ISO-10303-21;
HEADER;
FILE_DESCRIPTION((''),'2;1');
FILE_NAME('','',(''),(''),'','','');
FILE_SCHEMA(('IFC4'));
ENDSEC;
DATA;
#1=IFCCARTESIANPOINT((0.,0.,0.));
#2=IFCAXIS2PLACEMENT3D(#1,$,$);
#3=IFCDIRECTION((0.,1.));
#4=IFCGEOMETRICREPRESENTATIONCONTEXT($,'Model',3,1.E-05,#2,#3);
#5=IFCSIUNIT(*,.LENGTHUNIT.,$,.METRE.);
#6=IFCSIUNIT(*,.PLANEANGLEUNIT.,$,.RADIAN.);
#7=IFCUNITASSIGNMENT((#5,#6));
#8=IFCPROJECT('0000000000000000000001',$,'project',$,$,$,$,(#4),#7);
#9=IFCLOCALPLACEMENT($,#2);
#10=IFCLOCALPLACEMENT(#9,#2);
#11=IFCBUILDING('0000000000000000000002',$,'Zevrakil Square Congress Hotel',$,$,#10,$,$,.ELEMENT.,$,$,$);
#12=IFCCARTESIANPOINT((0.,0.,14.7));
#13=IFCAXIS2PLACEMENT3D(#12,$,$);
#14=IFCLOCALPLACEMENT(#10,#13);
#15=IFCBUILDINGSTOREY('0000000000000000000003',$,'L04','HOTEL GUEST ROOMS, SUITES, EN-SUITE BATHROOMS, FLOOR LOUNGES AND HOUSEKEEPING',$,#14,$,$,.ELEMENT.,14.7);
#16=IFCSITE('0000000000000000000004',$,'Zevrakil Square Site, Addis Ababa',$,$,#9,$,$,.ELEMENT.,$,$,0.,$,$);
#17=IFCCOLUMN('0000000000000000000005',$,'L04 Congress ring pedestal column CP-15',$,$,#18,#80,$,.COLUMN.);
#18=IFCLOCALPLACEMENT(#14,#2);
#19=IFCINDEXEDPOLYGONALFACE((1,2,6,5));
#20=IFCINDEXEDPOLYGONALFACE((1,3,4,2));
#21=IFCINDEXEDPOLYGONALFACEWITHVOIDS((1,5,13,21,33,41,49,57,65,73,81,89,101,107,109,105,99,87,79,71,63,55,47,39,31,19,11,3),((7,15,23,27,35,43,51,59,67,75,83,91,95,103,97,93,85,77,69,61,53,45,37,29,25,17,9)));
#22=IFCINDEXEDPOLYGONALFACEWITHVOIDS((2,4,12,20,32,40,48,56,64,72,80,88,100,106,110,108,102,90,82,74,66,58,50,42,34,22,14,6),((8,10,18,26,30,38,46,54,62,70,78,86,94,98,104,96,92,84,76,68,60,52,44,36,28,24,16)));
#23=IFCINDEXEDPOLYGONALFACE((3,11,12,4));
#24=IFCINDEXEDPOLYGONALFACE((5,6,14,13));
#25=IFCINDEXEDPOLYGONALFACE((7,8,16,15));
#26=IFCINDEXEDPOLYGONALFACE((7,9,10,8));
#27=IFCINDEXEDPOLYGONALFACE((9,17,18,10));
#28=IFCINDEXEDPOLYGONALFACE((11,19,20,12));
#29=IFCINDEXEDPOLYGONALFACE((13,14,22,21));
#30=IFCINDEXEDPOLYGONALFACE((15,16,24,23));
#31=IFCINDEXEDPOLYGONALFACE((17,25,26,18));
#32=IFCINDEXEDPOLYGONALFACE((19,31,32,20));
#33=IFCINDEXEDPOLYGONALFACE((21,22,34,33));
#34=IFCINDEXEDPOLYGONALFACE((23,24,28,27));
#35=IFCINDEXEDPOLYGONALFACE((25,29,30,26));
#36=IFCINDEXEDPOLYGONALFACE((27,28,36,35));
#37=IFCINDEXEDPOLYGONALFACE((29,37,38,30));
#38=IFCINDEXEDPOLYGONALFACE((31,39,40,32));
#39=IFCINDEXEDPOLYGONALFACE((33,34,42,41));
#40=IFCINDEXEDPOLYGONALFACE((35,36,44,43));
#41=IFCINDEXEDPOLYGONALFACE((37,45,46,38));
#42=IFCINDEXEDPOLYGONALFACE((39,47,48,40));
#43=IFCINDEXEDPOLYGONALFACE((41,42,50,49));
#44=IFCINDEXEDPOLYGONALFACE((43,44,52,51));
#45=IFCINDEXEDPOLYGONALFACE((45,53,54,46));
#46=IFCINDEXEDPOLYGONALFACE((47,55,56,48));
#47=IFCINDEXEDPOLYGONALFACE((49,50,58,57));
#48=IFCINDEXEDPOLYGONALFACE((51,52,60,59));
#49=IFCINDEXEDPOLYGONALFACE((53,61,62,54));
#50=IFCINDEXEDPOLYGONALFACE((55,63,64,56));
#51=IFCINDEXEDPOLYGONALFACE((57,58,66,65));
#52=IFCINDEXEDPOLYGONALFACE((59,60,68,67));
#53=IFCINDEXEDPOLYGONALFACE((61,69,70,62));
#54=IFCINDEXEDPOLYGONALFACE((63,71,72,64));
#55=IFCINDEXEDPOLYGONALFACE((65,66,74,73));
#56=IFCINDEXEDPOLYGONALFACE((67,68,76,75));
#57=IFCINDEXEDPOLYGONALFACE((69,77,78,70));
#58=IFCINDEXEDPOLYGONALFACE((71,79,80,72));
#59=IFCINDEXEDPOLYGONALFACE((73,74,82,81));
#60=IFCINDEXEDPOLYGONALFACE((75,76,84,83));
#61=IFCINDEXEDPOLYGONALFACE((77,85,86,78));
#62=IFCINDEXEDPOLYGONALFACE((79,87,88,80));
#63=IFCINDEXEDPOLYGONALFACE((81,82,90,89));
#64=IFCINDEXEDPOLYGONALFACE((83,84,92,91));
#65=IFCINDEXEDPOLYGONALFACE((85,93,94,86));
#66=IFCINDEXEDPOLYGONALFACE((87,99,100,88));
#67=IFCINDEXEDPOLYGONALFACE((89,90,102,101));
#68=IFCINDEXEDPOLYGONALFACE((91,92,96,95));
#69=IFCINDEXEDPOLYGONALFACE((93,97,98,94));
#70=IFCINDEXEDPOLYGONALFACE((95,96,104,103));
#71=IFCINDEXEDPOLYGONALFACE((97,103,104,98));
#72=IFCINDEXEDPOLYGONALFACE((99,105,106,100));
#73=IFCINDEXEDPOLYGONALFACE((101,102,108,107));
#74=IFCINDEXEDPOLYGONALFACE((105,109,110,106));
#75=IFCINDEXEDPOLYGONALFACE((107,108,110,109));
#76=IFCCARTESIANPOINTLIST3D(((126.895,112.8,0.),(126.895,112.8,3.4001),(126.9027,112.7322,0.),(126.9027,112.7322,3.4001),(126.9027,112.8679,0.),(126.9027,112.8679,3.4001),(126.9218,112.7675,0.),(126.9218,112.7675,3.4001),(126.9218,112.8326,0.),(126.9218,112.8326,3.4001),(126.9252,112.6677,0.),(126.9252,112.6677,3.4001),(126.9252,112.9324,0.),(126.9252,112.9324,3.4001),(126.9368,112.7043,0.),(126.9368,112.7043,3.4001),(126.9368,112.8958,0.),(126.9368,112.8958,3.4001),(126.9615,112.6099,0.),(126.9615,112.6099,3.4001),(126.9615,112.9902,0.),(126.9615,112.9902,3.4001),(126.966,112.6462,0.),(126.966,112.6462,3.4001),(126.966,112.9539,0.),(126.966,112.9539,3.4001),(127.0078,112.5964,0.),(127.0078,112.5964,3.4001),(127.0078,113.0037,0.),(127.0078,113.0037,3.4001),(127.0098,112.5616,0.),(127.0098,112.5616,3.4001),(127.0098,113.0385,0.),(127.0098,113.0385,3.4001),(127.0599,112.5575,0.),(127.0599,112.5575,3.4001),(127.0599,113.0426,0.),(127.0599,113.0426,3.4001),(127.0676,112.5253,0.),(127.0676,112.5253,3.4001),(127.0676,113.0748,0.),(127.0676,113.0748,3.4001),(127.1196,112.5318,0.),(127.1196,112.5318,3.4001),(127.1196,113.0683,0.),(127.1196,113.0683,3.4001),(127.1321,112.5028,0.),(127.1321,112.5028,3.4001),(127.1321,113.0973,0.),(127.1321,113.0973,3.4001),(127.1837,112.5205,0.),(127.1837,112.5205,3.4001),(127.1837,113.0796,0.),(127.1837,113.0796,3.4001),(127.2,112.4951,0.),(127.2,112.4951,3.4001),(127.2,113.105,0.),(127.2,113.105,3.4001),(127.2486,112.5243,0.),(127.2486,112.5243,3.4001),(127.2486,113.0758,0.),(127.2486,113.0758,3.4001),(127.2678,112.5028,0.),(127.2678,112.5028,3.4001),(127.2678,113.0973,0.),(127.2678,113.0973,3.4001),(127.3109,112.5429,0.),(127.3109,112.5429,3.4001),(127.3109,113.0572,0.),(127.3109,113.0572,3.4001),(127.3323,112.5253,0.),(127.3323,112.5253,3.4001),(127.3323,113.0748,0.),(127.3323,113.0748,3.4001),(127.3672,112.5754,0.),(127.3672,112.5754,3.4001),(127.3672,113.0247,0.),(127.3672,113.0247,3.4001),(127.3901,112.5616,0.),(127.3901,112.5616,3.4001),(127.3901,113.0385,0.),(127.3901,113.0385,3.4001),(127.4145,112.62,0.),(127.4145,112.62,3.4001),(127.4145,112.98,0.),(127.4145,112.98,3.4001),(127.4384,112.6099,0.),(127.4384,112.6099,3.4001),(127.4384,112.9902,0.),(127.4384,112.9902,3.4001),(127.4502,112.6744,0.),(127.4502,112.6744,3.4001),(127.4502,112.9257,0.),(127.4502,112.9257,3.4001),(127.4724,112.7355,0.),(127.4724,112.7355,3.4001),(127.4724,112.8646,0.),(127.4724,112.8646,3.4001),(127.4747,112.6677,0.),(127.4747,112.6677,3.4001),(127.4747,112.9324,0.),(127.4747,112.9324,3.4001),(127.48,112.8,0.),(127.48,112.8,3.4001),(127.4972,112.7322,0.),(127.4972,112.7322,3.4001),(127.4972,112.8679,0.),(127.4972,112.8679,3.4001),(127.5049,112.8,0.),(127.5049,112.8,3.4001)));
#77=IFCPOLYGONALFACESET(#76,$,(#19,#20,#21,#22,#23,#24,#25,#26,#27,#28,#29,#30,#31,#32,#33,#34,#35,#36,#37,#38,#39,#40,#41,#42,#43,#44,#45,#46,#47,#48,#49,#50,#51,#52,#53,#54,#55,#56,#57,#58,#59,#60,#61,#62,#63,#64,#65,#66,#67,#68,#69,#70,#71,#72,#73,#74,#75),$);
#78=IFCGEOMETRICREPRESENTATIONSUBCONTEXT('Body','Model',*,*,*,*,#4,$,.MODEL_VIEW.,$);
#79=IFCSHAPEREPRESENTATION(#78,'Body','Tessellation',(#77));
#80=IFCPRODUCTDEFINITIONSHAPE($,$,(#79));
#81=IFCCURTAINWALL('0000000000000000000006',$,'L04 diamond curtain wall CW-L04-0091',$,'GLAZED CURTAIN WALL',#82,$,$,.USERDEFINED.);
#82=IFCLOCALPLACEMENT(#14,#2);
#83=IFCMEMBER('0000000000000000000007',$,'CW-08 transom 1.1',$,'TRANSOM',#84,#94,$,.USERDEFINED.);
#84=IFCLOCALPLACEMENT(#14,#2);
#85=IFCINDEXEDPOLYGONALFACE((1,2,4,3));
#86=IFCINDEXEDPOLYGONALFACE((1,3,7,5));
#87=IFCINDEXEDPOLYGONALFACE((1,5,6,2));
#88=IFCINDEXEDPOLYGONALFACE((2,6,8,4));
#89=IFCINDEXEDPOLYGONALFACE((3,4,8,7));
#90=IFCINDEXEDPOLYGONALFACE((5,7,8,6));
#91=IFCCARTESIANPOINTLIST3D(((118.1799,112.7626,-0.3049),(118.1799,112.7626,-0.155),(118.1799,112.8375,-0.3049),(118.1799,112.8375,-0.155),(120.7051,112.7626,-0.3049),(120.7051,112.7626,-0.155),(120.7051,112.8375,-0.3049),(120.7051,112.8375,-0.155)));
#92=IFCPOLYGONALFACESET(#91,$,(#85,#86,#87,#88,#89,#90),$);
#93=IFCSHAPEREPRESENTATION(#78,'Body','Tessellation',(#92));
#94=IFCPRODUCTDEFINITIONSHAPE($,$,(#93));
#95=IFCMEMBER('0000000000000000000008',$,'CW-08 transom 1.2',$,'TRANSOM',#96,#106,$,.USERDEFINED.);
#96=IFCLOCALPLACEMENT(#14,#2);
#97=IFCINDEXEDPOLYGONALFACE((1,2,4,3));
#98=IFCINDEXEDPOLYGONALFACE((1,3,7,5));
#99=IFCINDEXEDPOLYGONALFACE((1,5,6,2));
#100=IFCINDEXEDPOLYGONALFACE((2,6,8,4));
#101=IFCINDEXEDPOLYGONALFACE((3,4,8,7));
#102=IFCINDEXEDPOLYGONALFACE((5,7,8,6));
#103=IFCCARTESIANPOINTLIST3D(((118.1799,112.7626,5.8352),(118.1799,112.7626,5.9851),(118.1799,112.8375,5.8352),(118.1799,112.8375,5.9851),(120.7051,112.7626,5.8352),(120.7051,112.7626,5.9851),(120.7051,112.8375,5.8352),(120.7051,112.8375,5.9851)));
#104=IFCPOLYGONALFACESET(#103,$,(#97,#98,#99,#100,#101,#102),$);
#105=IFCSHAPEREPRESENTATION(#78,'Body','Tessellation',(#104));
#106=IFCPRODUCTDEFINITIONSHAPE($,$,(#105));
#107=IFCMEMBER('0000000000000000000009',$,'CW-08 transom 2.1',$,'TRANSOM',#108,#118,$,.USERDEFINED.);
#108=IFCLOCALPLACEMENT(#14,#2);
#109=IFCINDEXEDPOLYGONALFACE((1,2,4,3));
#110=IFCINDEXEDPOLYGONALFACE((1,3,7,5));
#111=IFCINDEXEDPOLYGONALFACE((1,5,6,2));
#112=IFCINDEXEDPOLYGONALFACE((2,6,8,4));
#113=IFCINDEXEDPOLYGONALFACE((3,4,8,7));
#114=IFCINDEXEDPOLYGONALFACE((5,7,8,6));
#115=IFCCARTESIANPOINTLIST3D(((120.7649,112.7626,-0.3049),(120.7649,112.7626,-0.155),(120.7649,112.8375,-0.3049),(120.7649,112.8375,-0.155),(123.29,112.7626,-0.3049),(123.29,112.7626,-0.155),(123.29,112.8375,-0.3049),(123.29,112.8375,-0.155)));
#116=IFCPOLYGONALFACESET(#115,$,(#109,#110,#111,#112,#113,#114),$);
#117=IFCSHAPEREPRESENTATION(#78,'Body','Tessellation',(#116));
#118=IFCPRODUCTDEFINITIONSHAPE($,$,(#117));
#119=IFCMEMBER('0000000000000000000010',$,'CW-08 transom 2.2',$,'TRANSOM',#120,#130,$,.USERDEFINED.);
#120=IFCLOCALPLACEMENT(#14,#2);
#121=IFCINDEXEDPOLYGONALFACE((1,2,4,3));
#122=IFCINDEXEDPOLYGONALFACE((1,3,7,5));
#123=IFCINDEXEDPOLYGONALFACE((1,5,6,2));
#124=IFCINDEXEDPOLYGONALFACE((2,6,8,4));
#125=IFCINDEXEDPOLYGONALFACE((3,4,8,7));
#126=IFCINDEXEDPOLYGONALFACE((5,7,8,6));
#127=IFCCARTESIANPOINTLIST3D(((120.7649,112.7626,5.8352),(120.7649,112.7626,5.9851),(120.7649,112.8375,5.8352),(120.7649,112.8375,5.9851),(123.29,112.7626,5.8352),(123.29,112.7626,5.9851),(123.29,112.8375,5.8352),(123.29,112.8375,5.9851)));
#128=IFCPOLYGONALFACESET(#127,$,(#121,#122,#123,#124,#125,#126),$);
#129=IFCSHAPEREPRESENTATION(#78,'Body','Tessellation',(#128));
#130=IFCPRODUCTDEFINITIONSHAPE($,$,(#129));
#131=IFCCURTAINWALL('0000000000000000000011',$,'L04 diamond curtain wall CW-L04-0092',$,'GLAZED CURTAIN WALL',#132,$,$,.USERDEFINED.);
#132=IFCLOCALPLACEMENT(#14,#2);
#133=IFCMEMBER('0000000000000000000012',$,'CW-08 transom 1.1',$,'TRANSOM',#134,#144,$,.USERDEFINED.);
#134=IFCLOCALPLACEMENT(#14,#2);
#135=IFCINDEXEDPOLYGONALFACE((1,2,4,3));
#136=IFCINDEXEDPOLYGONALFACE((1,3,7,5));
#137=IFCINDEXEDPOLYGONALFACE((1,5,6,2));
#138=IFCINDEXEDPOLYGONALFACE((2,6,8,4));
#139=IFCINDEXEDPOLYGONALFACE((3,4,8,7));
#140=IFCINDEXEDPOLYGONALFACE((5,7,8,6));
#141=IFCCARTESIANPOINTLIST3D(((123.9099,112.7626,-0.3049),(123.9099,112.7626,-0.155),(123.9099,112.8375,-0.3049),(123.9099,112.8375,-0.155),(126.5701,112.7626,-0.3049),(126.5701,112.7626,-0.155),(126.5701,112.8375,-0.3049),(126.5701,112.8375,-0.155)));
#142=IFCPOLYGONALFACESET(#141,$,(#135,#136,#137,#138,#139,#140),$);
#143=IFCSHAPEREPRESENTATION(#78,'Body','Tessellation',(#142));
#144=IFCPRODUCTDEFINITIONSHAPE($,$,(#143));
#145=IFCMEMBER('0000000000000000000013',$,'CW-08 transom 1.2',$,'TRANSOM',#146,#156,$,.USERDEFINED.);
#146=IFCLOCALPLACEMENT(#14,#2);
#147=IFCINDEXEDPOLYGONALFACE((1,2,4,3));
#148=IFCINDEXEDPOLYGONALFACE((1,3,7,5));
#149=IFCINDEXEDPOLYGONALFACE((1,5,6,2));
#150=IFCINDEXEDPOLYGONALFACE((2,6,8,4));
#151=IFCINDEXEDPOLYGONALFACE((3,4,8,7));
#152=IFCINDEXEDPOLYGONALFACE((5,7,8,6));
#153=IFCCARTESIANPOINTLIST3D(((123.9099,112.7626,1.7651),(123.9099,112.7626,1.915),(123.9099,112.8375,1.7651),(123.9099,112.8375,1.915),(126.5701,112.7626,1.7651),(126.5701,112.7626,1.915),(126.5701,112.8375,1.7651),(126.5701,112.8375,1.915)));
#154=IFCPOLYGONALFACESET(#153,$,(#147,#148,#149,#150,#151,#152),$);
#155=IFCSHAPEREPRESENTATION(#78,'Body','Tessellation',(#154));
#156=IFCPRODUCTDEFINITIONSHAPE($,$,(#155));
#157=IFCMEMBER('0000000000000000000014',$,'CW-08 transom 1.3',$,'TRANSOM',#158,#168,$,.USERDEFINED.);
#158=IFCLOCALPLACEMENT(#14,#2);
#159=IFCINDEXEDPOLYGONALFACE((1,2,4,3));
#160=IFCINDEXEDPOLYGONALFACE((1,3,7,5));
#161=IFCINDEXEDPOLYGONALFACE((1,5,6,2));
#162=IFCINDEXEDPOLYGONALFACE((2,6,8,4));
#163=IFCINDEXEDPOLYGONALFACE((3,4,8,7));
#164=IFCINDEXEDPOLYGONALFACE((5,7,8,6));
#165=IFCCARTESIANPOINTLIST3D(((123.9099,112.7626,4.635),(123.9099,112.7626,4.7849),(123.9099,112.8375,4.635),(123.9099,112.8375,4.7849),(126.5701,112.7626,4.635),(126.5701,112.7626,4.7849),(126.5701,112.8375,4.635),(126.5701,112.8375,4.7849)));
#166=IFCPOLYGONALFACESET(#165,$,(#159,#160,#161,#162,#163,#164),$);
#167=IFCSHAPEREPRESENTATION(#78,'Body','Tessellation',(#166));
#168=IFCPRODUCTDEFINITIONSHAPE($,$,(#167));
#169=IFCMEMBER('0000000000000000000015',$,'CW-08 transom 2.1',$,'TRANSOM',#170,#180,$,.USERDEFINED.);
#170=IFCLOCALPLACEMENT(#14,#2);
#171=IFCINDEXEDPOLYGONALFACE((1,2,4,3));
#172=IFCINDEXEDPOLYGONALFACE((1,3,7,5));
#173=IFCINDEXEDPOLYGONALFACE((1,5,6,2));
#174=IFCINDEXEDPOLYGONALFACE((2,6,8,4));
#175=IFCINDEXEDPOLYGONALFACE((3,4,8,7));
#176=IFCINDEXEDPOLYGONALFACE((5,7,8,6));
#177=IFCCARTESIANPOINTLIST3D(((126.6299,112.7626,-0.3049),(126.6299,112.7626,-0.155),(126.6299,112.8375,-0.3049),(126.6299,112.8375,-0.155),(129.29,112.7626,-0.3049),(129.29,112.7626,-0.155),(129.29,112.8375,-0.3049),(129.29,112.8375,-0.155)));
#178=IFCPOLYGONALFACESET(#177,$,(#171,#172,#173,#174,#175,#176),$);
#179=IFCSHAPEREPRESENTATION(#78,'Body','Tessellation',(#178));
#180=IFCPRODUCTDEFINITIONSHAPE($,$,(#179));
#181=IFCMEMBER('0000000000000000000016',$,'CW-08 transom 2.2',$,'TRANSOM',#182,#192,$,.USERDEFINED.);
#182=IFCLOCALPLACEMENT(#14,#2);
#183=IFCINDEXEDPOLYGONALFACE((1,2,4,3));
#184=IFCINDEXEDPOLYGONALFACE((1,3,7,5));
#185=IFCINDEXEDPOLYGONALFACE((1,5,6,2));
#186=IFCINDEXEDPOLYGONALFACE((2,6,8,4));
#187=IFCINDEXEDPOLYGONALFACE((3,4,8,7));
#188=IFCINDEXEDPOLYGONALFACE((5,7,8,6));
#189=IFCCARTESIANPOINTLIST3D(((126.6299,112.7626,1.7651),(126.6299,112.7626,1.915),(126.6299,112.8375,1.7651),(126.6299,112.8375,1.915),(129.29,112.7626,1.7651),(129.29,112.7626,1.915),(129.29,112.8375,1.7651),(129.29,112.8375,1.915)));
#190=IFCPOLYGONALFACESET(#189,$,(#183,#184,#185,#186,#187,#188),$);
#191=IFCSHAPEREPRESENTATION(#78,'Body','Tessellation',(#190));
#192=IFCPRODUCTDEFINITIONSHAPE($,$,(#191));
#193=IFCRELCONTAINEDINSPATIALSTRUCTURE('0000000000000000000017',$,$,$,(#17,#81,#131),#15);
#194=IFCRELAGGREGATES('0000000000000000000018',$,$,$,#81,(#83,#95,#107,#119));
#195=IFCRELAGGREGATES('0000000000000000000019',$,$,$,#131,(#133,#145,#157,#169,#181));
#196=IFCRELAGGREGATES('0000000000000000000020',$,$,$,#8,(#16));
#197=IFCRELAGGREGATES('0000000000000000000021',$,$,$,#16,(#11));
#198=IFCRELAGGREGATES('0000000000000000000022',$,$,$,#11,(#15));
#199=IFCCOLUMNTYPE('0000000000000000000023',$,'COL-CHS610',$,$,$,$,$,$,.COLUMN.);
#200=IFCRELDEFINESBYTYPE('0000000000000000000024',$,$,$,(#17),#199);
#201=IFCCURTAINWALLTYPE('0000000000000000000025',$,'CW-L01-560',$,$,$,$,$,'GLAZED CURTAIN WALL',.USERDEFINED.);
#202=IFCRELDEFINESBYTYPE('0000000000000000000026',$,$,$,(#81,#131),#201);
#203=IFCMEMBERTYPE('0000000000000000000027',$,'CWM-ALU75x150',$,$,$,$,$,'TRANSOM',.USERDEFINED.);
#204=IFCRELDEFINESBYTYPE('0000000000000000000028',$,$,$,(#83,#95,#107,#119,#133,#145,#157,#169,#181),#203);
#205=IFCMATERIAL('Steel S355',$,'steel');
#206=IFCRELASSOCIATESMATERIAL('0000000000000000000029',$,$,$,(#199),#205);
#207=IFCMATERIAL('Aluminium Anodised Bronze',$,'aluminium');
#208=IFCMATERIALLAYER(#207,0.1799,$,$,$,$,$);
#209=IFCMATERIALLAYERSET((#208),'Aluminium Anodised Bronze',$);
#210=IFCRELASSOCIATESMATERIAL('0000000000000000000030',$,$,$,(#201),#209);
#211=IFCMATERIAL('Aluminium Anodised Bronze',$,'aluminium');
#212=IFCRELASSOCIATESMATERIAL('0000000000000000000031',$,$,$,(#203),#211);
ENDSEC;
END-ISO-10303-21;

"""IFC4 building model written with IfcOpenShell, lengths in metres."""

from ifc_helpers import new_model, si_unit, direction, frame, origin, origin_2d, place, context, subcontext, project, spatial, rectangle, hollow_circle, extrude, material, layer, layer_set, material_profile, profile_set, type_object, element, aggregate, save


model = new_model("IFC4")

# Units and contexts
model_context = context("Model", 3, precision=1e-05, world=origin(), true_north=direction((0.0, 1.0)))
body_context = subcontext(model_context, "Body", "Model", "MODEL_VIEW")
ifc_project = project(units=[si_unit("LENGTHUNIT", "METRE"), si_unit("PLANEANGLEUNIT", "RADIAN")], contexts=[model_context])

# Site, building, storey
site_placement = place(None, origin())
site = spatial("IfcSite", under=ifc_project, at=site_placement, Name="Zevrakil Square Site, Addis Ababa", CompositionType="ELEMENT", RefElevation=0.0)
building_placement = place(site_placement, origin())
building = spatial("IfcBuilding", under=site, at=building_placement, Name="Zevrakil Square Congress Hotel", CompositionType="ELEMENT")
storey_placement = place(building_placement, frame((0.0, 0.0, 14.7)))
storey = spatial("IfcBuildingStorey", under=building, at=storey_placement, Name="L04", Description="HOTEL GUEST ROOMS, SUITES, EN-SUITE BATHROOMS, FLOOR LOUNGES AND HOUSEKEEPING", CompositionType="ELEMENT", Elevation=14.7)

# Column
ifc_material_1 = material(Name="Steel S355", Category="steel")
ifc_material_profile_1 = material_profile(ifc_material_1, hollow_circle(Radius=0.3049, WallThickness=0.0249, at=origin_2d()), Name="CHS 610x25")
ifc_profile_set_1 = profile_set([ifc_material_profile_1], Name="Steel S355")
column_type = type_object("IfcColumnType", Name="COL-CHS610", PredefinedType="COLUMN", material=ifc_profile_set_1)
column_placement = place(storey_placement, frame((127.2, 112.8, 0.0), z_axis=(0.0, 0.0, 1.0), x_axis=(1.0, 0.0, 0.0)))
element("IfcColumn", 1, at=column_placement, inside=storey, type_object=column_type, Name="L04 Congress ring pedestal column CP-15", PredefinedType="COLUMN", context=body_context, shape_type="SweptSolid", body=[
    extrude(hollow_circle(Radius=0.3049, WallThickness=0.0249, at=origin_2d()), origin(), (0.0, 0.0, 1.0), 3.4001),
])

# Curtain walls, members
ifc_material_2 = material(Name="Aluminium Anodised Bronze", Category="aluminium")
ifc_layer_1 = layer(ifc_material_2, 0.1799)
ifc_layer_set_1 = layer_set([ifc_layer_1], Name="Aluminium Anodised Bronze")
curtain_wall_type = type_object("IfcCurtainWallType", Name="CW-L01-560", ElementType="GLAZED CURTAIN WALL", PredefinedType="USERDEFINED", material=ifc_layer_set_1)
curtain_wall_1_placement = place(storey_placement, origin())
curtain_wall_1 = element("IfcCurtainWall", 2, at=curtain_wall_1_placement, inside=storey, type_object=curtain_wall_type, Name="L04 diamond curtain wall CW-L04-0091", ObjectType="GLAZED CURTAIN WALL", PredefinedType="USERDEFINED")
ifc_material_3 = material(Name="Aluminium Anodised Bronze", Category="aluminium")
ifc_material_profile_2 = material_profile(ifc_material_3, rectangle(XDim=0.075, YDim=0.1499, at=origin_2d()), Name="ALU 75x150")
ifc_profile_set_2 = profile_set([ifc_material_profile_2], Name="Aluminium Anodised Bronze")
member_type_1 = type_object("IfcMemberType", Name="CWM-ALU75x150", ElementType="TRANSOM", PredefinedType="USERDEFINED", material=ifc_profile_set_2)
member_1_placement = place(storey_placement, frame((118.1799, 112.8, -0.23), z_axis=(1.0, 0.0, 0.0), x_axis=(0.0, 1.0, 0.0)))
member_1 = element("IfcMember", 3, at=member_1_placement, type_object=member_type_1, Name="CW-08 transom 1.1", ObjectType="TRANSOM", PredefinedType="USERDEFINED", context=body_context, shape_type="SweptSolid", body=[
    extrude(rectangle(XDim=0.075, YDim=0.1499, at=origin_2d()), origin(), (0.0, 0.0, 1.0), 2.5251),
])
member_2_placement = place(storey_placement, frame((118.1799, 112.8, 5.9102), z_axis=(1.0, 0.0, 0.0), x_axis=(0.0, 1.0, 0.0)))
member_2 = element("IfcMember", 4, at=member_2_placement, type_object=member_type_1, Name="CW-08 transom 1.2", ObjectType="TRANSOM", PredefinedType="USERDEFINED", context=body_context, shape_type="SweptSolid", body=[
    extrude(rectangle(XDim=0.075, YDim=0.1499, at=origin_2d()), origin(), (0.0, 0.0, 1.0), 2.5251),
])
member_3_placement = place(storey_placement, frame((120.7649, 112.8, -0.23), z_axis=(1.0, 0.0, 0.0), x_axis=(0.0, 1.0, 0.0)))
member_3 = element("IfcMember", 5, at=member_3_placement, type_object=member_type_1, Name="CW-08 transom 2.1", ObjectType="TRANSOM", PredefinedType="USERDEFINED", context=body_context, shape_type="SweptSolid", body=[
    extrude(rectangle(XDim=0.075, YDim=0.1499, at=origin_2d()), origin(), (0.0, 0.0, 1.0), 2.5251),
])
member_4_placement = place(storey_placement, frame((120.7649, 112.8, 5.9102), z_axis=(1.0, 0.0, 0.0), x_axis=(0.0, 1.0, 0.0)))
member_4 = element("IfcMember", 6, at=member_4_placement, type_object=member_type_1, Name="CW-08 transom 2.2", ObjectType="TRANSOM", PredefinedType="USERDEFINED", context=body_context, shape_type="SweptSolid", body=[
    extrude(rectangle(XDim=0.075, YDim=0.1499, at=origin_2d()), origin(), (0.0, 0.0, 1.0), 2.5251),
])
curtain_wall_2_placement = place(storey_placement, origin())
curtain_wall_2 = element("IfcCurtainWall", 7, at=curtain_wall_2_placement, inside=storey, type_object=curtain_wall_type, Name="L04 diamond curtain wall CW-L04-0092", ObjectType="GLAZED CURTAIN WALL", PredefinedType="USERDEFINED")
member_5_placement = place(storey_placement, frame((123.9099, 112.8, -0.23), z_axis=(1.0, 0.0, 0.0), x_axis=(0.0, 1.0, 0.0)))
member_5 = element("IfcMember", 8, at=member_5_placement, type_object=member_type_1, Name="CW-08 transom 1.1", ObjectType="TRANSOM", PredefinedType="USERDEFINED", context=body_context, shape_type="SweptSolid", body=[
    extrude(rectangle(XDim=0.075, YDim=0.1499, at=origin_2d()), origin(), (0.0, 0.0, 1.0), 2.6602),
])
member_6_placement = place(storey_placement, frame((123.9099, 112.8, 1.8401), z_axis=(1.0, 0.0, 0.0), x_axis=(0.0, 1.0, 0.0)))
member_6 = element("IfcMember", 9, at=member_6_placement, type_object=member_type_1, Name="CW-08 transom 1.2", ObjectType="TRANSOM", PredefinedType="USERDEFINED", context=body_context, shape_type="SweptSolid", body=[
    extrude(rectangle(XDim=0.075, YDim=0.1499, at=origin_2d()), origin(), (0.0, 0.0, 1.0), 2.6602),
])
member_7_placement = place(storey_placement, frame((123.9099, 112.8, 4.71), z_axis=(1.0, 0.0, 0.0), x_axis=(0.0, 1.0, 0.0)))
member_7 = element("IfcMember", 10, at=member_7_placement, type_object=member_type_1, Name="CW-08 transom 1.3", ObjectType="TRANSOM", PredefinedType="USERDEFINED", context=body_context, shape_type="SweptSolid", body=[
    extrude(rectangle(XDim=0.075, YDim=0.1499, at=origin_2d()), origin(), (0.0, 0.0, 1.0), 2.6602),
])
member_8_placement = place(storey_placement, frame((126.6299, 112.8, -0.23), z_axis=(1.0, 0.0, 0.0), x_axis=(0.0, 1.0, 0.0)))
member_8 = element("IfcMember", 11, at=member_8_placement, type_object=member_type_1, Name="CW-08 transom 2.1", ObjectType="TRANSOM", PredefinedType="USERDEFINED", context=body_context, shape_type="SweptSolid", body=[
    extrude(rectangle(XDim=0.075, YDim=0.1499, at=origin_2d()), origin(), (0.0, 0.0, 1.0), 2.6602),
])
member_9_placement = place(storey_placement, frame((126.6299, 112.8, 1.8401), z_axis=(1.0, 0.0, 0.0), x_axis=(0.0, 1.0, 0.0)))
member_9 = element("IfcMember", 12, at=member_9_placement, type_object=member_type_1, Name="CW-08 transom 2.2", ObjectType="TRANSOM", PredefinedType="USERDEFINED", context=body_context, shape_type="SweptSolid", body=[
    extrude(rectangle(XDim=0.075, YDim=0.1499, at=origin_2d()), origin(), (0.0, 0.0, 1.0), 2.6602),
])

aggregate(curtain_wall_1, [member_1, member_2, member_3, member_4])
aggregate(curtain_wall_2, [member_5, member_6, member_7, member_8, member_9])

save(model, "model.ifc")
